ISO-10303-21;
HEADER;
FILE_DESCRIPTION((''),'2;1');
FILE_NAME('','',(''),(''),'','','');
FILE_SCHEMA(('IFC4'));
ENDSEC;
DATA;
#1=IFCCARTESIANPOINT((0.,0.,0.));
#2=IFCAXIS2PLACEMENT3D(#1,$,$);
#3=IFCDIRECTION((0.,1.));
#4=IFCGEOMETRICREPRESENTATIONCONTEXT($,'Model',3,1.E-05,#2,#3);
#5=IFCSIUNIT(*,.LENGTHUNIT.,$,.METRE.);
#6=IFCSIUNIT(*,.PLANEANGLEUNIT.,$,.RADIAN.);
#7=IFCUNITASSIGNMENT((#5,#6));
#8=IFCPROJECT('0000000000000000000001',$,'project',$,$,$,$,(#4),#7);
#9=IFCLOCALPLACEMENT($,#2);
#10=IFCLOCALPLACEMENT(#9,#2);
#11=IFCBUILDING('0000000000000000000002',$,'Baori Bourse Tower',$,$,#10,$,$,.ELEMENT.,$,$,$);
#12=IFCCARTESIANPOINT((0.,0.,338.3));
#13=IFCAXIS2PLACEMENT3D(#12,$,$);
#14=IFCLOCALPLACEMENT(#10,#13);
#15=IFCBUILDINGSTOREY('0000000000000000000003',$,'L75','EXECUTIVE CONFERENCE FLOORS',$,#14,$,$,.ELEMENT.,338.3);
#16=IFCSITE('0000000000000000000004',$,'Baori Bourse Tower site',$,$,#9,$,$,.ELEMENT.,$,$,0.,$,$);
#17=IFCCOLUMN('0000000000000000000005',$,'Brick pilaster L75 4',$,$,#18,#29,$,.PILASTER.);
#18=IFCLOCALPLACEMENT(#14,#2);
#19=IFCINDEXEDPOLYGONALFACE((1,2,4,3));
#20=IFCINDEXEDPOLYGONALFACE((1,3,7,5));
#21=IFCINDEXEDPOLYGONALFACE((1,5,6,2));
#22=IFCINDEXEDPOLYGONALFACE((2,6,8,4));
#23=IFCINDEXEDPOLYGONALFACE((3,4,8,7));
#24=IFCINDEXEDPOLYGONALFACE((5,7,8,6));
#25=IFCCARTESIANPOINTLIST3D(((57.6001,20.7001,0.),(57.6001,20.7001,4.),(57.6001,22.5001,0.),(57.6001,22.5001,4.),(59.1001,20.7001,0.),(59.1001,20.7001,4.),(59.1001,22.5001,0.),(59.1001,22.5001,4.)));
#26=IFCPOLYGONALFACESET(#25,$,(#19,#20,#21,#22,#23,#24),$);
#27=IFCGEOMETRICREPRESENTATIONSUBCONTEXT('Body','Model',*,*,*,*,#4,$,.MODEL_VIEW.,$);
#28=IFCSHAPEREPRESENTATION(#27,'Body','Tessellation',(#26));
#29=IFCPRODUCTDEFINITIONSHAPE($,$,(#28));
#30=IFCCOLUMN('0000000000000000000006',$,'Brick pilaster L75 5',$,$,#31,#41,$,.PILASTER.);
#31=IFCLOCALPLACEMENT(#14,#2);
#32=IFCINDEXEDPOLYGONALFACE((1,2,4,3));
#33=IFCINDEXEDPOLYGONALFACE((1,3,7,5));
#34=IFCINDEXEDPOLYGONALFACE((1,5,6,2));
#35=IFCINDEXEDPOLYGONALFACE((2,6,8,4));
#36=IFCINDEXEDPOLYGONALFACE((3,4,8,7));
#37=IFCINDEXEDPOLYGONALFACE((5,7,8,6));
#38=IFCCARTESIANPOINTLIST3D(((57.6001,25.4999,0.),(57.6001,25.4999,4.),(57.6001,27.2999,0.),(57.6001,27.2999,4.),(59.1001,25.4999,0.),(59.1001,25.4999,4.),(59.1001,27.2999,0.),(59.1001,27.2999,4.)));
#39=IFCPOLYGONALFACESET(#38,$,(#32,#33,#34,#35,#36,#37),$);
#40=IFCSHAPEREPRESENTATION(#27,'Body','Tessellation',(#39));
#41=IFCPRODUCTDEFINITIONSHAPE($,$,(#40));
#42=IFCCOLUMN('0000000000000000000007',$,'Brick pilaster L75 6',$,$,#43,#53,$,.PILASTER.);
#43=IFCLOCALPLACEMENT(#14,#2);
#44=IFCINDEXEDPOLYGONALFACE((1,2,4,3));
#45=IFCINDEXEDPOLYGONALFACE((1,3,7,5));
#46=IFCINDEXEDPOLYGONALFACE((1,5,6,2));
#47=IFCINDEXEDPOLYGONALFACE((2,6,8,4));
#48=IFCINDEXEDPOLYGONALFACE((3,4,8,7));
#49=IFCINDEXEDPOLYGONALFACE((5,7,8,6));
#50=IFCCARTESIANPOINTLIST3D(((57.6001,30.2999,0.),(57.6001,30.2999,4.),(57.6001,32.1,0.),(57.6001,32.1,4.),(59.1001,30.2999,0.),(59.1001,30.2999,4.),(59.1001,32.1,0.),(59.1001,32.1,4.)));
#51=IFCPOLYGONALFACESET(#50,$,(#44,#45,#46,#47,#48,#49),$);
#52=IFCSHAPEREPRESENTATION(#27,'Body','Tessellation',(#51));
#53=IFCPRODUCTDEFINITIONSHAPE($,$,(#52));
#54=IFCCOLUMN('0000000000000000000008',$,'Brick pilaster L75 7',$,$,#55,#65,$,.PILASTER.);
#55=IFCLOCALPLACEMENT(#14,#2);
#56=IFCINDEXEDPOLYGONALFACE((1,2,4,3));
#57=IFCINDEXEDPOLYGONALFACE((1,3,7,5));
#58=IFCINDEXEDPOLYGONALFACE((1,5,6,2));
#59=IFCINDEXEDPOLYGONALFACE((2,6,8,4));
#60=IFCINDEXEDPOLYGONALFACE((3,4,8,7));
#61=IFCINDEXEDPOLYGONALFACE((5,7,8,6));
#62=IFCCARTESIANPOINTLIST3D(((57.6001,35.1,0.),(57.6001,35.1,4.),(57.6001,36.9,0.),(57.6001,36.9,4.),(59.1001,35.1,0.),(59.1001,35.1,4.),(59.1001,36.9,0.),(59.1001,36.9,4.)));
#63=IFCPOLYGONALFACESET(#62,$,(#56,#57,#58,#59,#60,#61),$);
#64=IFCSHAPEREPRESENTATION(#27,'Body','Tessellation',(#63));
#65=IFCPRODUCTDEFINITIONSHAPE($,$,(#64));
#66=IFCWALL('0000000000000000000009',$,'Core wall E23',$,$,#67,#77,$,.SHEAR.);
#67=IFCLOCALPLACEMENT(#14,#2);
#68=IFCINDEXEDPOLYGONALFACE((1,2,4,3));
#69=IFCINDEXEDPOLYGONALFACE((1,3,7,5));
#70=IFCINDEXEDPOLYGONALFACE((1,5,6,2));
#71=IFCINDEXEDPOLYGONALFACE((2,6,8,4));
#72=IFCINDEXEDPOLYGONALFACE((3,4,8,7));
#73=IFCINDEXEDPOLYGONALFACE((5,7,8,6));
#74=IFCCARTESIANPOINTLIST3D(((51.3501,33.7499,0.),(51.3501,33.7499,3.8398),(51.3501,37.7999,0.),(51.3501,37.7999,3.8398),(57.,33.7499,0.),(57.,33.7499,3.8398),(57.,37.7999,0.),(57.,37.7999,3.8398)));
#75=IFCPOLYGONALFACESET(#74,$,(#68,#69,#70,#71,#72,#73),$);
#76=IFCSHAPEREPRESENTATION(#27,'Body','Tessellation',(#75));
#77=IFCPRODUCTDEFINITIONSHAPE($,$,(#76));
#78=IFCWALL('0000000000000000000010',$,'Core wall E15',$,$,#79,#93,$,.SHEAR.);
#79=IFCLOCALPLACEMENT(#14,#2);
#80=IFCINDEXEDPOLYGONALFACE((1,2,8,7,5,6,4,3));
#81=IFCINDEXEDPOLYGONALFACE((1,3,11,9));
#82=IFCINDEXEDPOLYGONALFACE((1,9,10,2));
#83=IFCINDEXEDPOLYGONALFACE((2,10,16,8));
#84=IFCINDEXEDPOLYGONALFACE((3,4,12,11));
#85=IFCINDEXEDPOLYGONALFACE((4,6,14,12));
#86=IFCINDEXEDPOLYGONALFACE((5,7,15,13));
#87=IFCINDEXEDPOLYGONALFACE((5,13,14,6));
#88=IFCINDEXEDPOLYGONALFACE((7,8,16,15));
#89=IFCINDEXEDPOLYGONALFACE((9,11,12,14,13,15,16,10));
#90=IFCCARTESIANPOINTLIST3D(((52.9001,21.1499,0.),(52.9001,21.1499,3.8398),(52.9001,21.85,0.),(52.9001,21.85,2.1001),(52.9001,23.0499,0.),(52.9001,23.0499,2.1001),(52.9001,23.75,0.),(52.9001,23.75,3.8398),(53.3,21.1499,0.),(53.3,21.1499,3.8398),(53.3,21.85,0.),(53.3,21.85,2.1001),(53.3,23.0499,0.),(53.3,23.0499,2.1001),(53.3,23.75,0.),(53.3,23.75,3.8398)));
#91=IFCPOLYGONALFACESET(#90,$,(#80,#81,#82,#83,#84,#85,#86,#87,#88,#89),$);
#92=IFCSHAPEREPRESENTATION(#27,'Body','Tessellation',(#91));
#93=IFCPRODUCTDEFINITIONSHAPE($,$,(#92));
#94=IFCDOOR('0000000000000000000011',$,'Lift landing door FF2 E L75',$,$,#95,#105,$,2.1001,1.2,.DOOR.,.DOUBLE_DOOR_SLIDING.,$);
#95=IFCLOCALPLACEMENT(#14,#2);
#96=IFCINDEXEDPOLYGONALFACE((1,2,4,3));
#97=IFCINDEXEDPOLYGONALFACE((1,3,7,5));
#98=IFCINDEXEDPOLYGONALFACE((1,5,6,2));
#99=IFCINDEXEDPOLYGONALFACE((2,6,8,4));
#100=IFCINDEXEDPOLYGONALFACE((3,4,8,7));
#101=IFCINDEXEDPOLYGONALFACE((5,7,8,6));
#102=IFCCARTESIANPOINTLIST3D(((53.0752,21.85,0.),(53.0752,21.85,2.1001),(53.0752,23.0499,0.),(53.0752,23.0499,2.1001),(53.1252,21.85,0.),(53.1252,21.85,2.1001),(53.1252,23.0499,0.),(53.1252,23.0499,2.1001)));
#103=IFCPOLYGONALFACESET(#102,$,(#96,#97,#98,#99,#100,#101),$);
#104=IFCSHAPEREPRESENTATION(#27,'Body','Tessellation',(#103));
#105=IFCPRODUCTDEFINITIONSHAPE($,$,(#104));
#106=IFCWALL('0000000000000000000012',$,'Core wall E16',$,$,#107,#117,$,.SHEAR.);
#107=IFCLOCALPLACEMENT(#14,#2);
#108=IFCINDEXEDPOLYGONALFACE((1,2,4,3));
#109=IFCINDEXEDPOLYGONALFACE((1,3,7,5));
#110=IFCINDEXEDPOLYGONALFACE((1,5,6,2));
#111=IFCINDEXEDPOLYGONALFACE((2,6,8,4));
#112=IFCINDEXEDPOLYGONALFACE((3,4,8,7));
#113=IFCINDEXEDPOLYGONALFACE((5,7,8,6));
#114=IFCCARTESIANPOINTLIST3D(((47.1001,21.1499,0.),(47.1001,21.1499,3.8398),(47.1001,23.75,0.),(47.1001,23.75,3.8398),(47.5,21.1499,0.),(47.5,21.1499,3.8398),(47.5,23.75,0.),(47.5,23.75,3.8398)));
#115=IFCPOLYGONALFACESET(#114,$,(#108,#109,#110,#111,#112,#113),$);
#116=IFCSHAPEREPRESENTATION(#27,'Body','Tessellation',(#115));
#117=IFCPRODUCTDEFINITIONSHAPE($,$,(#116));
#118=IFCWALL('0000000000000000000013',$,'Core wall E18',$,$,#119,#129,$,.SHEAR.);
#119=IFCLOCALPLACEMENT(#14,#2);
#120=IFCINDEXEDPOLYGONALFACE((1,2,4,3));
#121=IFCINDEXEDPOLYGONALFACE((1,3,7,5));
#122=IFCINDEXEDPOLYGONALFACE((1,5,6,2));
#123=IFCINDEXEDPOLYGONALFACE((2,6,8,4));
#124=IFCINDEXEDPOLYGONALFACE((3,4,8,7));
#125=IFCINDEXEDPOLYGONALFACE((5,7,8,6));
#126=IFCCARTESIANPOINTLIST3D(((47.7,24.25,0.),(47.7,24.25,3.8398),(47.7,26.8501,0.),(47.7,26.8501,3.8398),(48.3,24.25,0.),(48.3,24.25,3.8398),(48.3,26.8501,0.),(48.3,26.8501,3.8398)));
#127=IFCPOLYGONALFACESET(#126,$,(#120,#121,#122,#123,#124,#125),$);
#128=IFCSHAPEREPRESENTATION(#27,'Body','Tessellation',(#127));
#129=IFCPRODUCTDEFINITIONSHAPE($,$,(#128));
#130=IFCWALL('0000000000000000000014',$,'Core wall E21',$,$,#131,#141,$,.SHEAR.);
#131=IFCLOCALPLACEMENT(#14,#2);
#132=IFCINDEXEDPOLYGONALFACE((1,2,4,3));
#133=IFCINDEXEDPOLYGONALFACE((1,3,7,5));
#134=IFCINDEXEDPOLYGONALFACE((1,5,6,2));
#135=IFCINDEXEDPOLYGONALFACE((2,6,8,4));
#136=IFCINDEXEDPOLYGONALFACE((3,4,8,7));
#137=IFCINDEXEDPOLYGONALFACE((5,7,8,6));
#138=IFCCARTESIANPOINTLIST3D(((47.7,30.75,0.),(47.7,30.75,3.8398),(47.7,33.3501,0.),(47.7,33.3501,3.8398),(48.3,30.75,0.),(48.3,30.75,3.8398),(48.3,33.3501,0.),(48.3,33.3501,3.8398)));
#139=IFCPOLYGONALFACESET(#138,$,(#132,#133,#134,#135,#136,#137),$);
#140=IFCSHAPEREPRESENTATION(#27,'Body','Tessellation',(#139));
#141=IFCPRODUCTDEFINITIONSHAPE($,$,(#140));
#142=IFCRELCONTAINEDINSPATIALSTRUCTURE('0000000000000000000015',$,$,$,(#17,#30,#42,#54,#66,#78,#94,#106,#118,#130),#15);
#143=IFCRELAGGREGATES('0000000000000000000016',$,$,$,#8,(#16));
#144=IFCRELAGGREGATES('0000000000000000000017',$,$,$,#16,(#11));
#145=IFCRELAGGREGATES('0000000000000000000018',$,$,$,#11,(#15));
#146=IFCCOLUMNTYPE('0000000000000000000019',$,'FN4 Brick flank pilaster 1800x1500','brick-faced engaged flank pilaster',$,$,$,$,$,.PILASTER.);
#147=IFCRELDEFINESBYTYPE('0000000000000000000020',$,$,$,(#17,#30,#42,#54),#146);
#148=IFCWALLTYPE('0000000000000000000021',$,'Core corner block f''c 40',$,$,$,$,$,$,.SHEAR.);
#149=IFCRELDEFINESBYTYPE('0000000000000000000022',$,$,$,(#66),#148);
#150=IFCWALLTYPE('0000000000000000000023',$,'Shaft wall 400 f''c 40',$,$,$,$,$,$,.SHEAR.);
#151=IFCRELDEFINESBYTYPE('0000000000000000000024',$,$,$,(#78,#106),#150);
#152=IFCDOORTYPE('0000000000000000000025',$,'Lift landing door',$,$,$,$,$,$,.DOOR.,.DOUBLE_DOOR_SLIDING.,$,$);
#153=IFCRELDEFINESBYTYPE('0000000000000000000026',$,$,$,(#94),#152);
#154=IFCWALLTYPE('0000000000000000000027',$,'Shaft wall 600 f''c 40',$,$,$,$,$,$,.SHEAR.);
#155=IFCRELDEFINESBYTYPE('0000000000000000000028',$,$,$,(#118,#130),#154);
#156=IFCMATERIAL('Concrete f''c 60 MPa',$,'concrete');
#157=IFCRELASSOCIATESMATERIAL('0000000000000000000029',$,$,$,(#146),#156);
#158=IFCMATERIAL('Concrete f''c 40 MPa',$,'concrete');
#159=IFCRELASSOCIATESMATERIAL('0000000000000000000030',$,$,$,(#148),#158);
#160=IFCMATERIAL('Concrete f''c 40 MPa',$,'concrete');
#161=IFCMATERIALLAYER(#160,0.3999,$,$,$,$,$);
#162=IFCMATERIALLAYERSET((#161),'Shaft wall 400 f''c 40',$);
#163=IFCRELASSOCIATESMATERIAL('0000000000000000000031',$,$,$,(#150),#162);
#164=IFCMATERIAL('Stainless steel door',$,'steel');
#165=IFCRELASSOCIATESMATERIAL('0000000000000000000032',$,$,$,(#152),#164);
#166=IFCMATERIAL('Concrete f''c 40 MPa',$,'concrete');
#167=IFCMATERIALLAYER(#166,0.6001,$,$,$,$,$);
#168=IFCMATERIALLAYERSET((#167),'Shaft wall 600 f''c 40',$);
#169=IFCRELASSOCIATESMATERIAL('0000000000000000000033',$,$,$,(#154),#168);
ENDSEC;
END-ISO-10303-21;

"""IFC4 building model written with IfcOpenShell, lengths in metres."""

from ifc_helpers import new_model, si_unit, direction, frame, frame_2d, origin, origin_2d, place, context, subcontext, project, spatial, rectangle, extrude, material, layer, layer_set, material_profile, profile_set, type_object, element, fill, save


model = new_model("IFC4")

# Units and contexts
model_context = context("Model", 3, precision=1e-05, world=origin(), true_north=direction((0.0, 1.0)))
body_context = subcontext(model_context, "Body", "Model", "MODEL_VIEW")
ifc_project = project(units=[si_unit("LENGTHUNIT", "METRE"), si_unit("PLANEANGLEUNIT", "RADIAN")], contexts=[model_context])

# Site, building, storey
site_placement = place(None, origin())
site = spatial("IfcSite", under=ifc_project, at=site_placement, Name="Baori Bourse Tower site", CompositionType="ELEMENT", RefElevation=0.0)
building_placement = place(site_placement, origin())
building = spatial("IfcBuilding", under=site, at=building_placement, Name="Baori Bourse Tower", CompositionType="ELEMENT")
storey_placement = place(building_placement, frame((0.0, 0.0, 338.3)))
storey = spatial("IfcBuildingStorey", under=building, at=storey_placement, Name="L75", Description="EXECUTIVE CONFERENCE FLOORS", CompositionType="ELEMENT", Elevation=338.3)

# Columns
ifc_material_1 = material(Name="Concrete f'c 60 MPa", Category="concrete")
ifc_material_profile = material_profile(ifc_material_1, rectangle(XDim=1.8, YDim=1.5, at=origin_2d()), Name="RC 1800x1500")
ifc_profile_set = profile_set([ifc_material_profile], Name="Concrete f'c 60 MPa")
column_type = type_object("IfcColumnType", Name="FN4 Brick flank pilaster 1800x1500", Description="brick-faced engaged flank pilaster", PredefinedType="PILASTER", material=ifc_profile_set)
for number, where, z_axis, x_axis, name in (
    (1, (58.3501, 21.6001, 0.0), (0.0, 0.0, 1.0), (0.0, 1.0, 0.0), "Brick pilaster L75 4"),
    (2, (58.3501, 26.3999, 0.0), (0.0, 0.0, 1.0), (0.0, 1.0, 0.0), "Brick pilaster L75 5"),
    (3, (58.3501, 31.2, 0.0), (0.0, 0.0, 1.0), (0.0, 1.0, 0.0), "Brick pilaster L75 6"),
    (4, (58.3501, 36.0, 0.0), (0.0, 0.0, 1.0), (0.0, 1.0, 0.0), "Brick pilaster L75 7"),
):
    element("IfcColumn", number, at=place(storey_placement, frame(where, z_axis=z_axis, x_axis=x_axis)), inside=storey, type_object=column_type, Name=name, PredefinedType="PILASTER", context=body_context, shape_type="SweptSolid", body=[
        extrude(rectangle(XDim=1.8, YDim=1.5, at=origin_2d()), origin(), (0.0, 0.0, 1.0), 4.0),
    ])

# Wall
ifc_material_2 = material(Name="Concrete f'c 40 MPa", Category="concrete")
wall_type_1 = type_object("IfcWallType", Name="Core corner block f'c 40", PredefinedType="SHEAR", material=ifc_material_2)
wall_1_placement = place(storey_placement, frame((51.3501, 35.7749, 0.0), z_axis=(0.0, 0.0, 1.0), x_axis=(1.0, 0.0, 0.0)))
element("IfcWall", 5, at=wall_1_placement, inside=storey, type_object=wall_type_1, Name="Core wall E23", PredefinedType="SHEAR", context=body_context, shape_type="SweptSolid", body=[
    extrude(rectangle(XDim=5.6499, YDim=4.05, at=frame_2d((2.825, 0.0))), origin(), (0.0, 0.0, 1.0), 3.8398),
])

# Wall, opening, door
ifc_material_3 = material(Name="Concrete f'c 40 MPa", Category="concrete")
ifc_layer_1 = layer(ifc_material_3, 0.3999)
ifc_layer_set_1 = layer_set([ifc_layer_1], Name="Shaft wall 400 f'c 40")
wall_type_2 = type_object("IfcWallType", Name="Shaft wall 400 f'c 40", PredefinedType="SHEAR", material=ifc_layer_set_1)
wall_2_placement = place(storey_placement, frame((53.1001, 21.1499, 0.0), z_axis=(0.0, 0.0, 1.0), x_axis=(0.0, 1.0, 0.0)))
wall_2 = element("IfcWall", 6, at=wall_2_placement, inside=storey, type_object=wall_type_2, Name="Core wall E15", PredefinedType="SHEAR", context=body_context, shape_type="SweptSolid", body=[
    extrude(rectangle(XDim=2.6001, YDim=0.3999, at=frame_2d((1.3, 0.0))), origin(), (0.0, 0.0, 1.0), 3.8398),
])
opening_placement = place(wall_2_placement, frame((0.7, 0.0, 0.0)))
opening = element("IfcOpeningElement", 7, at=opening_placement, cuts=wall_2, PredefinedType="OPENING", context=body_context, shape_type="SweptSolid", body=[
    extrude(rectangle(XDim=1.2, YDim=2.1001, at=frame_2d((0.6001, 1.05))), frame((0.0, 0.21, 0.0), z_axis=(0.0, -1.0, 0.0), x_axis=(1.0, 0.0, 0.0)), (0.0, 0.0, 1.0), 0.4199),
])
ifc_material_4 = material(Name="Stainless steel door", Category="steel")
door_type = type_object("IfcDoorType", Name="Lift landing door", OperationType="DOUBLE_DOOR_SLIDING", PredefinedType="DOOR", material=ifc_material_4)
door_placement = place(opening_placement, origin())
door = element("IfcDoor", 8, at=door_placement, inside=storey, type_object=door_type, Name="Lift landing door FF2 E L75", OperationType="DOUBLE_DOOR_SLIDING", OverallHeight=2.1001, OverallWidth=1.2, PredefinedType="DOOR", context=body_context, shape_type="SweptSolid", body=[
    extrude(rectangle(XDim=1.2, YDim=2.1001, at=frame_2d((0.6001, 1.05))), frame((0.0, 0.0249, 0.0), z_axis=(0.0, -1.0, 0.0), x_axis=(1.0, 0.0, 0.0)), (0.0, 0.0, 1.0), 0.05),
])
fill(opening, door)

# Walls
wall_3_placement = place(storey_placement, frame((47.3, 21.1499, 0.0), z_axis=(0.0, 0.0, 1.0), x_axis=(0.0, 1.0, 0.0)))
element("IfcWall", 9, at=wall_3_placement, inside=storey, type_object=wall_type_2, Name="Core wall E16", PredefinedType="SHEAR", context=body_context, shape_type="SweptSolid", body=[
    extrude(rectangle(XDim=2.6001, YDim=0.3999, at=frame_2d((1.3, 0.0))), origin(), (0.0, 0.0, 1.0), 3.8398),
])
ifc_material_5 = material(Name="Concrete f'c 40 MPa", Category="concrete")
ifc_layer_2 = layer(ifc_material_5, 0.6001)
ifc_layer_set_2 = layer_set([ifc_layer_2], Name="Shaft wall 600 f'c 40")
wall_type_3 = type_object("IfcWallType", Name="Shaft wall 600 f'c 40", PredefinedType="SHEAR", material=ifc_layer_set_2)
for number, where, z_axis, x_axis, name in (
    (10, (48.0, 24.25, 0.0), (0.0, 0.0, 1.0), (0.0, 1.0, 0.0), "Core wall E18"),
    (11, (48.0, 30.75, 0.0), (0.0, 0.0, 1.0), (0.0, 1.0, 0.0), "Core wall E21"),
):
    element("IfcWall", number, at=place(storey_placement, frame(where, z_axis=z_axis, x_axis=x_axis)), inside=storey, type_object=wall_type_3, Name=name, PredefinedType="SHEAR", context=body_context, shape_type="SweptSolid", body=[
        extrude(rectangle(XDim=2.6001, YDim=0.6001, at=frame_2d((1.3, 0.0))), origin(), (0.0, 0.0, 1.0), 3.8398),
    ])

save(model, "model.ifc")
